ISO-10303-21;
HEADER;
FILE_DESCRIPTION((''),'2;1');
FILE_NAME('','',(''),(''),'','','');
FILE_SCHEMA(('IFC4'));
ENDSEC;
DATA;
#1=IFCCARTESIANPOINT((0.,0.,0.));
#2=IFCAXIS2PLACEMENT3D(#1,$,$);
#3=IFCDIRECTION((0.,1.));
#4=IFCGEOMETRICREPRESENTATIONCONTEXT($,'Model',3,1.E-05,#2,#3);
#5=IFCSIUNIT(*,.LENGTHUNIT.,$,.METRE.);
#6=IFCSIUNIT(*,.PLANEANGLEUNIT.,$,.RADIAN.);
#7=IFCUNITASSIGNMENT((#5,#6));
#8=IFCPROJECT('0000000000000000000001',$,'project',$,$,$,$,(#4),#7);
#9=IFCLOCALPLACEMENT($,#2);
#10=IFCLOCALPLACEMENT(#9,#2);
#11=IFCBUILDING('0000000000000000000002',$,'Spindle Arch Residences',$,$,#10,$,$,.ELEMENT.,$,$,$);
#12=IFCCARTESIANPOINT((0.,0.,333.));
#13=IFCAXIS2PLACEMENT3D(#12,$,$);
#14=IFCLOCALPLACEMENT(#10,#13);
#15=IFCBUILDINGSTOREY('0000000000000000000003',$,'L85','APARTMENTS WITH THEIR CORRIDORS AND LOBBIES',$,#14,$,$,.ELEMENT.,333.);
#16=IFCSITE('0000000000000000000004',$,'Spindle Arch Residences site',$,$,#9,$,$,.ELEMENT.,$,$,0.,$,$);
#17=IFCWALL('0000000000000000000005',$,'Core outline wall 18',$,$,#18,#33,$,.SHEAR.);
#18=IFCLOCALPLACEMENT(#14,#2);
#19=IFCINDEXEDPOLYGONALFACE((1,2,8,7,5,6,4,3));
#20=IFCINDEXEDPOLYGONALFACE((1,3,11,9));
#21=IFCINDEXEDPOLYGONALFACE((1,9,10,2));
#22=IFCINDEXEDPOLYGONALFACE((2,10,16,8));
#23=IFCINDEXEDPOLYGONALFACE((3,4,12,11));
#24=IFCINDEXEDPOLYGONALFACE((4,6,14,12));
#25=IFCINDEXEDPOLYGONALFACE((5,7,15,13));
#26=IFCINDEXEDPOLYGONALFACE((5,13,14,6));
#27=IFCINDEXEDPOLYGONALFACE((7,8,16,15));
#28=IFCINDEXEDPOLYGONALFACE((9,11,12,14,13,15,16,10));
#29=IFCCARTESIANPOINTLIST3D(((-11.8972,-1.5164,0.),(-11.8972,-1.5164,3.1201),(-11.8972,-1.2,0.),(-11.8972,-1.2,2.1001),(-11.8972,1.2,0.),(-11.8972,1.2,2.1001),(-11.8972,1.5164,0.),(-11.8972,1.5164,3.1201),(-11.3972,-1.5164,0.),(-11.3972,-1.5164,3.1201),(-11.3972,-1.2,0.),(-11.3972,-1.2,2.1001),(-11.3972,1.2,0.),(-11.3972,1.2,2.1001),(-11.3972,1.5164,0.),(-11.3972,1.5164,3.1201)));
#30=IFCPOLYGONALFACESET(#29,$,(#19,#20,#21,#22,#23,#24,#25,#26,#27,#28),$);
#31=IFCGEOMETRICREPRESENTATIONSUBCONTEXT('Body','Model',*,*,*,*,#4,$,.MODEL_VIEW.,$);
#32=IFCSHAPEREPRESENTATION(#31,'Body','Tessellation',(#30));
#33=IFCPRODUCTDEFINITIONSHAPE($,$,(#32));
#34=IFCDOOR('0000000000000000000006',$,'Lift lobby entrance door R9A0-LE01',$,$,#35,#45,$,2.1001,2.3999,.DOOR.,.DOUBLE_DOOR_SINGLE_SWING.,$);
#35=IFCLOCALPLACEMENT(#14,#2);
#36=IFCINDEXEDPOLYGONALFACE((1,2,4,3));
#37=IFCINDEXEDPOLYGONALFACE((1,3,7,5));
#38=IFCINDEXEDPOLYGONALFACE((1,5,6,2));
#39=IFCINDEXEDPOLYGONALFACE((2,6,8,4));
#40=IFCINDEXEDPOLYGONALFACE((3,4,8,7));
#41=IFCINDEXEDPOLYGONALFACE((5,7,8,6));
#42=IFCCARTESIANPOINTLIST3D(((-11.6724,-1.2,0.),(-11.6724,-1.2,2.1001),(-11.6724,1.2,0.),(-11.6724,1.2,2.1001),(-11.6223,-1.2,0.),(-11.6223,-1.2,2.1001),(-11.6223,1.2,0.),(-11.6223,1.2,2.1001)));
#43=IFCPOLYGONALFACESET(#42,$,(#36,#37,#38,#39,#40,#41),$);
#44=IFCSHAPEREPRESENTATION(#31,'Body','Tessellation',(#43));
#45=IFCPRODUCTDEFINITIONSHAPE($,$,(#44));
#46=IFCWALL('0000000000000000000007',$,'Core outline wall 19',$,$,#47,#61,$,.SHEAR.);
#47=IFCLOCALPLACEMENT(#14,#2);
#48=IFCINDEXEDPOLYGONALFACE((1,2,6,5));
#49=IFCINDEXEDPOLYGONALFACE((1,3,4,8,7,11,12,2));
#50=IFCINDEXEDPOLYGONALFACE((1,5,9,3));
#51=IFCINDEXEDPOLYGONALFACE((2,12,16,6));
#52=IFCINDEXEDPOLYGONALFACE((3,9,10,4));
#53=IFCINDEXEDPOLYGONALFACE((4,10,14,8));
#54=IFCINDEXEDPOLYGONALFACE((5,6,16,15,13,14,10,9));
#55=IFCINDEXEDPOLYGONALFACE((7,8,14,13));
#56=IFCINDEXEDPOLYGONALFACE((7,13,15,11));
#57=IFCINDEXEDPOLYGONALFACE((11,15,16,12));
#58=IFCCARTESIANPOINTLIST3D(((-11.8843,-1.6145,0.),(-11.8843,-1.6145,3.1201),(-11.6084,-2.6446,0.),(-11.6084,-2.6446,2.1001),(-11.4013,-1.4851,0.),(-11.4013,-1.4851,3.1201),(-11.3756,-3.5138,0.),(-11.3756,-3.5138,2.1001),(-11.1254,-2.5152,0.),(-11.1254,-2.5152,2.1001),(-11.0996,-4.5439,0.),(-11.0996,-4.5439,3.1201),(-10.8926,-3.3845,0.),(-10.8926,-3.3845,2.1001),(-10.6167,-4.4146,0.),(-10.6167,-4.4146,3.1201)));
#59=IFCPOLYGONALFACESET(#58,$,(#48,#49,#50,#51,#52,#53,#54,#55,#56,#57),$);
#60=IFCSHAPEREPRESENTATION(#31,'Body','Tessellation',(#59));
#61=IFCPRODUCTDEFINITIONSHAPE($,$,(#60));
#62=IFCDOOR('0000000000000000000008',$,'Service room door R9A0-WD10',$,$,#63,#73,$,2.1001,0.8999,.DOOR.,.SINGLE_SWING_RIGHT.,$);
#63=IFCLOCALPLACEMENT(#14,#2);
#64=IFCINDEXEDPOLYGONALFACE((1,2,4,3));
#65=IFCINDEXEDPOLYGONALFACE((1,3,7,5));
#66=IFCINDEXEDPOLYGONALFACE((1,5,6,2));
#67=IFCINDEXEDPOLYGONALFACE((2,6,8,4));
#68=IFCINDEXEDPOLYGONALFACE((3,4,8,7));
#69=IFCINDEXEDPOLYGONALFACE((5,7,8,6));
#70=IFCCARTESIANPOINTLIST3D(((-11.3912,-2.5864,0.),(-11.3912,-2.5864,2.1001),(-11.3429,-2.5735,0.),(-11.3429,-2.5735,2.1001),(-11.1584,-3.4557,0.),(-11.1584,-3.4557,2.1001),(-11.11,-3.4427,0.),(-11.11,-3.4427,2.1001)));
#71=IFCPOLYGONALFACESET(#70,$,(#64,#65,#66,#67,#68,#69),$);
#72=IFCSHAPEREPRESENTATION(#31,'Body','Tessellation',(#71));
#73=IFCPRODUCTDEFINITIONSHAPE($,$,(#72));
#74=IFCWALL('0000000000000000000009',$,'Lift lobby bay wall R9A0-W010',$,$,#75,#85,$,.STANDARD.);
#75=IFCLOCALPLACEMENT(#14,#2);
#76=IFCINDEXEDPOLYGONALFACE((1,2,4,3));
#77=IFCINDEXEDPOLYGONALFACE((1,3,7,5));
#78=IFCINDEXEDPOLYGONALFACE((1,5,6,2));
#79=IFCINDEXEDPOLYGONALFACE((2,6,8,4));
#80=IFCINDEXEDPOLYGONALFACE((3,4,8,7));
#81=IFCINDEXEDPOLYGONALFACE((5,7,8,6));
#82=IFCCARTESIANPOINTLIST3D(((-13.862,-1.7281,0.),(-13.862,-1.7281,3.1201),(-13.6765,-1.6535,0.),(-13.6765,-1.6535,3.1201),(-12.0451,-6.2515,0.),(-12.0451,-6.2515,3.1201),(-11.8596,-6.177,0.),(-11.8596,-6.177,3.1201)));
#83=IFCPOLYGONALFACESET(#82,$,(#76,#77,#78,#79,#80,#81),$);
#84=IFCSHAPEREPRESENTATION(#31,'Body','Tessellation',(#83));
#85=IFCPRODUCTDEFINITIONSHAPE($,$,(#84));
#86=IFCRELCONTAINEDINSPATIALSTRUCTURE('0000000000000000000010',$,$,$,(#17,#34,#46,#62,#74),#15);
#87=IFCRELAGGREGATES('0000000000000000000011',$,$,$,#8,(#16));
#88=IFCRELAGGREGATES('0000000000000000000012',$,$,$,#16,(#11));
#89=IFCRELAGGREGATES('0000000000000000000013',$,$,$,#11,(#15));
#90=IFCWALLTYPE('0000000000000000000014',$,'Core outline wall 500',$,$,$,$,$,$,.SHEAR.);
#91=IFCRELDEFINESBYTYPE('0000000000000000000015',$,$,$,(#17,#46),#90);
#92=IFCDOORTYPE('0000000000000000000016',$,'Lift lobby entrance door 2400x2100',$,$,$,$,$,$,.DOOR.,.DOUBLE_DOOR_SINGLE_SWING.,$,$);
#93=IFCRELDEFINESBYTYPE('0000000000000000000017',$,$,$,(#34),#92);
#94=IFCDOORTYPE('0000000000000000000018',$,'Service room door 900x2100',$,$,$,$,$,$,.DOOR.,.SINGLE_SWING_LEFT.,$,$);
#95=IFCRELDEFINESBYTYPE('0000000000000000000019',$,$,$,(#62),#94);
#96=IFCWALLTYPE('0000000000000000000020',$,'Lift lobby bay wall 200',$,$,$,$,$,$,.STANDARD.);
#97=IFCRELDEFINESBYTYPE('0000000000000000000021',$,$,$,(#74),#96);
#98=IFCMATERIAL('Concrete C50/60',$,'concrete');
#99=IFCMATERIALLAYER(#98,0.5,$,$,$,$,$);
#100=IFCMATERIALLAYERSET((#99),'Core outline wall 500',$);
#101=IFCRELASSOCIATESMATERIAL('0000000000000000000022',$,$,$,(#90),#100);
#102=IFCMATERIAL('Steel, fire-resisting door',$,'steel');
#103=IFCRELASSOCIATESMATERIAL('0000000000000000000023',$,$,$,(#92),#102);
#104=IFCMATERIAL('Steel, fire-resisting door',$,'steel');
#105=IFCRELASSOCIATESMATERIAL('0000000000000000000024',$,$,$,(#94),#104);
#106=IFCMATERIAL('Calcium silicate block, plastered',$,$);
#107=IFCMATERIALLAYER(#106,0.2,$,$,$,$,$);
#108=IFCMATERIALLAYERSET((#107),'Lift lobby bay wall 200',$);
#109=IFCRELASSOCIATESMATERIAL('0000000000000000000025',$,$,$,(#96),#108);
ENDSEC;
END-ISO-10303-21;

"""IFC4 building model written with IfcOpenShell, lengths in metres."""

from ifc_helpers import new_model, si_unit, direction, frame, frame_2d, origin, place, context, subcontext, project, spatial, rectangle, extrude, material, layer, layer_set, type_object, element, fill, save


model = new_model("IFC4")

# Units and contexts
model_context = context("Model", 3, precision=1e-05, world=origin(), true_north=direction((0.0, 1.0)))
body_context = subcontext(model_context, "Body", "Model", "MODEL_VIEW")
ifc_project = project(units=[si_unit("LENGTHUNIT", "METRE"), si_unit("PLANEANGLEUNIT", "RADIAN")], contexts=[model_context])

# Site, building, storey
site_placement = place(None, origin())
site = spatial("IfcSite", under=ifc_project, at=site_placement, Name="Spindle Arch Residences site", CompositionType="ELEMENT", RefElevation=0.0)
building_placement = place(site_placement, origin())
building = spatial("IfcBuilding", under=site, at=building_placement, Name="Spindle Arch Residences", CompositionType="ELEMENT")
storey_placement = place(building_placement, frame((0.0, 0.0, 333.0)))
storey = spatial("IfcBuildingStorey", under=building, at=storey_placement, Name="L85", Description="APARTMENTS WITH THEIR CORRIDORS AND LOBBIES", CompositionType="ELEMENT", Elevation=333.0)

# Walls, openings, doors
ifc_material_1 = material(Name="Concrete C50/60", Category="concrete")
ifc_layer_1 = layer(ifc_material_1, 0.5)
ifc_layer_set_1 = layer_set([ifc_layer_1], Name="Core outline wall 500")
wall_type_1 = type_object("IfcWallType", Name="Core outline wall 500", PredefinedType="SHEAR", material=ifc_layer_set_1)
wall_1_placement = place(storey_placement, frame((-11.6472, 1.5164, 0.0), z_axis=(0.0, 0.0, 1.0), x_axis=(0.0, -1.0, 0.0)))
wall_1 = element("IfcWall", 1, at=wall_1_placement, inside=storey, type_object=wall_type_1, Name="Core outline wall 18", PredefinedType="SHEAR", context=body_context, shape_type="SweptSolid", body=[
    extrude(rectangle(XDim=3.0327, YDim=0.5, at=frame_2d((1.5164, 0.0))), origin(), (0.0, 0.0, 1.0), 3.1201),
])
opening_1_placement = place(wall_1_placement, frame((0.3164, 0.0, 0.0)))
opening_1 = element("IfcOpeningElement", 2, at=opening_1_placement, cuts=wall_1, PredefinedType="OPENING", context=body_context, shape_type="SweptSolid", body=[
    extrude(rectangle(XDim=2.3999, YDim=2.1001, at=frame_2d((1.2, 1.05))), frame((0.0, 0.26, 0.0), z_axis=(0.0, -1.0, 0.0), x_axis=(1.0, 0.0, 0.0)), (0.0, 0.0, 1.0), 0.52),
])
ifc_material_2 = material(Name="Steel, fire-resisting door", Category="steel")
door_type_1 = type_object("IfcDoorType", Name="Lift lobby entrance door 2400x2100", OperationType="DOUBLE_DOOR_SINGLE_SWING", PredefinedType="DOOR", material=ifc_material_2)
door_1_placement = place(opening_1_placement, origin())
door_1 = element("IfcDoor", 3, at=door_1_placement, inside=storey, type_object=door_type_1, Name="Lift lobby entrance door R9A0-LE01", OperationType="DOUBLE_DOOR_SINGLE_SWING", OverallHeight=2.1001, OverallWidth=2.3999, PredefinedType="DOOR", context=body_context, shape_type="SweptSolid", body=[
    extrude(rectangle(XDim=2.3999, YDim=2.1001, at=frame_2d((1.2, 1.05))), frame((0.0, 0.0249, 0.0), z_axis=(0.0, -1.0, 0.0), x_axis=(1.0, 0.0, 0.0)), (0.0, 0.0, 1.0), 0.05),
])
fill(opening_1, door_1)
wall_2_placement = place(storey_placement, frame((-11.6428, -1.5498, 0.0), z_axis=(0.0, 0.0, 1.0), x_axis=(0.258735, -0.965948, 0.0)))
wall_2 = element("IfcWall", 4, at=wall_2_placement, inside=storey, type_object=wall_type_1, Name="Core outline wall 19", PredefinedType="SHEAR", context=body_context, shape_type="SweptSolid", body=[
    extrude(rectangle(XDim=3.0327, YDim=0.5, at=frame_2d((1.5164, 0.0))), origin(), (0.0, 0.0, 1.0), 3.1201),
])
opening_2_placement = place(wall_2_placement, frame((1.0664, 0.0, 0.0)))
opening_2 = element("IfcOpeningElement", 5, at=opening_2_placement, cuts=wall_2, PredefinedType="OPENING", context=body_context, shape_type="SweptSolid", body=[
    extrude(rectangle(XDim=0.8999, YDim=2.1001, at=frame_2d((0.45, 1.05))), frame((0.0, 0.26, 0.0), z_axis=(0.0, -1.0, 0.0), x_axis=(1.0, 0.0, 0.0)), (0.0, 0.0, 1.0), 0.52),
])
ifc_material_3 = material(Name="Steel, fire-resisting door", Category="steel")
door_type_2 = type_object("IfcDoorType", Name="Service room door 900x2100", OperationType="SINGLE_SWING_LEFT", PredefinedType="DOOR", material=ifc_material_3)
door_2_placement = place(opening_2_placement, origin())
door_2 = element("IfcDoor", 6, at=door_2_placement, inside=storey, type_object=door_type_2, Name="Service room door R9A0-WD10", OperationType="SINGLE_SWING_RIGHT", OverallHeight=2.1001, OverallWidth=0.8999, PredefinedType="DOOR", context=body_context, shape_type="SweptSolid", body=[
    extrude(rectangle(XDim=0.8999, YDim=2.1001, at=frame_2d((0.45, 1.05))), frame((0.0, 0.0249, 0.0), z_axis=(0.0, -1.0, 0.0), x_axis=(1.0, 0.0, 0.0)), (0.0, 0.0, 1.0), 0.05),
])
fill(opening_2, door_2)

# Wall
ifc_material_4 = material(Name="Calcium silicate block, plastered")
ifc_layer_2 = layer(ifc_material_4, 0.2)
ifc_layer_set_2 = layer_set([ifc_layer_2], Name="Lift lobby bay wall 200")
wall_type_2 = type_object("IfcWallType", Name="Lift lobby bay wall 200", PredefinedType="STANDARD", material=ifc_layer_set_2)
wall_3_placement = place(storey_placement, frame((-13.7693, -1.6907, 0.0), z_axis=(0.0, 0.0, 1.0), x_axis=(0.37272, -0.927944, 0.0)))
element("IfcWall", 7, at=wall_3_placement, inside=storey, type_object=wall_type_2, Name="Lift lobby bay wall R9A0-W010", PredefinedType="STANDARD", context=body_context, shape_type="SweptSolid", body=[
    extrude(rectangle(XDim=4.8748, YDim=0.2, at=frame_2d((2.4375, 0.0))), origin(), (0.0, 0.0, 1.0), 3.1201),
])

save(model, "model.ifc")
